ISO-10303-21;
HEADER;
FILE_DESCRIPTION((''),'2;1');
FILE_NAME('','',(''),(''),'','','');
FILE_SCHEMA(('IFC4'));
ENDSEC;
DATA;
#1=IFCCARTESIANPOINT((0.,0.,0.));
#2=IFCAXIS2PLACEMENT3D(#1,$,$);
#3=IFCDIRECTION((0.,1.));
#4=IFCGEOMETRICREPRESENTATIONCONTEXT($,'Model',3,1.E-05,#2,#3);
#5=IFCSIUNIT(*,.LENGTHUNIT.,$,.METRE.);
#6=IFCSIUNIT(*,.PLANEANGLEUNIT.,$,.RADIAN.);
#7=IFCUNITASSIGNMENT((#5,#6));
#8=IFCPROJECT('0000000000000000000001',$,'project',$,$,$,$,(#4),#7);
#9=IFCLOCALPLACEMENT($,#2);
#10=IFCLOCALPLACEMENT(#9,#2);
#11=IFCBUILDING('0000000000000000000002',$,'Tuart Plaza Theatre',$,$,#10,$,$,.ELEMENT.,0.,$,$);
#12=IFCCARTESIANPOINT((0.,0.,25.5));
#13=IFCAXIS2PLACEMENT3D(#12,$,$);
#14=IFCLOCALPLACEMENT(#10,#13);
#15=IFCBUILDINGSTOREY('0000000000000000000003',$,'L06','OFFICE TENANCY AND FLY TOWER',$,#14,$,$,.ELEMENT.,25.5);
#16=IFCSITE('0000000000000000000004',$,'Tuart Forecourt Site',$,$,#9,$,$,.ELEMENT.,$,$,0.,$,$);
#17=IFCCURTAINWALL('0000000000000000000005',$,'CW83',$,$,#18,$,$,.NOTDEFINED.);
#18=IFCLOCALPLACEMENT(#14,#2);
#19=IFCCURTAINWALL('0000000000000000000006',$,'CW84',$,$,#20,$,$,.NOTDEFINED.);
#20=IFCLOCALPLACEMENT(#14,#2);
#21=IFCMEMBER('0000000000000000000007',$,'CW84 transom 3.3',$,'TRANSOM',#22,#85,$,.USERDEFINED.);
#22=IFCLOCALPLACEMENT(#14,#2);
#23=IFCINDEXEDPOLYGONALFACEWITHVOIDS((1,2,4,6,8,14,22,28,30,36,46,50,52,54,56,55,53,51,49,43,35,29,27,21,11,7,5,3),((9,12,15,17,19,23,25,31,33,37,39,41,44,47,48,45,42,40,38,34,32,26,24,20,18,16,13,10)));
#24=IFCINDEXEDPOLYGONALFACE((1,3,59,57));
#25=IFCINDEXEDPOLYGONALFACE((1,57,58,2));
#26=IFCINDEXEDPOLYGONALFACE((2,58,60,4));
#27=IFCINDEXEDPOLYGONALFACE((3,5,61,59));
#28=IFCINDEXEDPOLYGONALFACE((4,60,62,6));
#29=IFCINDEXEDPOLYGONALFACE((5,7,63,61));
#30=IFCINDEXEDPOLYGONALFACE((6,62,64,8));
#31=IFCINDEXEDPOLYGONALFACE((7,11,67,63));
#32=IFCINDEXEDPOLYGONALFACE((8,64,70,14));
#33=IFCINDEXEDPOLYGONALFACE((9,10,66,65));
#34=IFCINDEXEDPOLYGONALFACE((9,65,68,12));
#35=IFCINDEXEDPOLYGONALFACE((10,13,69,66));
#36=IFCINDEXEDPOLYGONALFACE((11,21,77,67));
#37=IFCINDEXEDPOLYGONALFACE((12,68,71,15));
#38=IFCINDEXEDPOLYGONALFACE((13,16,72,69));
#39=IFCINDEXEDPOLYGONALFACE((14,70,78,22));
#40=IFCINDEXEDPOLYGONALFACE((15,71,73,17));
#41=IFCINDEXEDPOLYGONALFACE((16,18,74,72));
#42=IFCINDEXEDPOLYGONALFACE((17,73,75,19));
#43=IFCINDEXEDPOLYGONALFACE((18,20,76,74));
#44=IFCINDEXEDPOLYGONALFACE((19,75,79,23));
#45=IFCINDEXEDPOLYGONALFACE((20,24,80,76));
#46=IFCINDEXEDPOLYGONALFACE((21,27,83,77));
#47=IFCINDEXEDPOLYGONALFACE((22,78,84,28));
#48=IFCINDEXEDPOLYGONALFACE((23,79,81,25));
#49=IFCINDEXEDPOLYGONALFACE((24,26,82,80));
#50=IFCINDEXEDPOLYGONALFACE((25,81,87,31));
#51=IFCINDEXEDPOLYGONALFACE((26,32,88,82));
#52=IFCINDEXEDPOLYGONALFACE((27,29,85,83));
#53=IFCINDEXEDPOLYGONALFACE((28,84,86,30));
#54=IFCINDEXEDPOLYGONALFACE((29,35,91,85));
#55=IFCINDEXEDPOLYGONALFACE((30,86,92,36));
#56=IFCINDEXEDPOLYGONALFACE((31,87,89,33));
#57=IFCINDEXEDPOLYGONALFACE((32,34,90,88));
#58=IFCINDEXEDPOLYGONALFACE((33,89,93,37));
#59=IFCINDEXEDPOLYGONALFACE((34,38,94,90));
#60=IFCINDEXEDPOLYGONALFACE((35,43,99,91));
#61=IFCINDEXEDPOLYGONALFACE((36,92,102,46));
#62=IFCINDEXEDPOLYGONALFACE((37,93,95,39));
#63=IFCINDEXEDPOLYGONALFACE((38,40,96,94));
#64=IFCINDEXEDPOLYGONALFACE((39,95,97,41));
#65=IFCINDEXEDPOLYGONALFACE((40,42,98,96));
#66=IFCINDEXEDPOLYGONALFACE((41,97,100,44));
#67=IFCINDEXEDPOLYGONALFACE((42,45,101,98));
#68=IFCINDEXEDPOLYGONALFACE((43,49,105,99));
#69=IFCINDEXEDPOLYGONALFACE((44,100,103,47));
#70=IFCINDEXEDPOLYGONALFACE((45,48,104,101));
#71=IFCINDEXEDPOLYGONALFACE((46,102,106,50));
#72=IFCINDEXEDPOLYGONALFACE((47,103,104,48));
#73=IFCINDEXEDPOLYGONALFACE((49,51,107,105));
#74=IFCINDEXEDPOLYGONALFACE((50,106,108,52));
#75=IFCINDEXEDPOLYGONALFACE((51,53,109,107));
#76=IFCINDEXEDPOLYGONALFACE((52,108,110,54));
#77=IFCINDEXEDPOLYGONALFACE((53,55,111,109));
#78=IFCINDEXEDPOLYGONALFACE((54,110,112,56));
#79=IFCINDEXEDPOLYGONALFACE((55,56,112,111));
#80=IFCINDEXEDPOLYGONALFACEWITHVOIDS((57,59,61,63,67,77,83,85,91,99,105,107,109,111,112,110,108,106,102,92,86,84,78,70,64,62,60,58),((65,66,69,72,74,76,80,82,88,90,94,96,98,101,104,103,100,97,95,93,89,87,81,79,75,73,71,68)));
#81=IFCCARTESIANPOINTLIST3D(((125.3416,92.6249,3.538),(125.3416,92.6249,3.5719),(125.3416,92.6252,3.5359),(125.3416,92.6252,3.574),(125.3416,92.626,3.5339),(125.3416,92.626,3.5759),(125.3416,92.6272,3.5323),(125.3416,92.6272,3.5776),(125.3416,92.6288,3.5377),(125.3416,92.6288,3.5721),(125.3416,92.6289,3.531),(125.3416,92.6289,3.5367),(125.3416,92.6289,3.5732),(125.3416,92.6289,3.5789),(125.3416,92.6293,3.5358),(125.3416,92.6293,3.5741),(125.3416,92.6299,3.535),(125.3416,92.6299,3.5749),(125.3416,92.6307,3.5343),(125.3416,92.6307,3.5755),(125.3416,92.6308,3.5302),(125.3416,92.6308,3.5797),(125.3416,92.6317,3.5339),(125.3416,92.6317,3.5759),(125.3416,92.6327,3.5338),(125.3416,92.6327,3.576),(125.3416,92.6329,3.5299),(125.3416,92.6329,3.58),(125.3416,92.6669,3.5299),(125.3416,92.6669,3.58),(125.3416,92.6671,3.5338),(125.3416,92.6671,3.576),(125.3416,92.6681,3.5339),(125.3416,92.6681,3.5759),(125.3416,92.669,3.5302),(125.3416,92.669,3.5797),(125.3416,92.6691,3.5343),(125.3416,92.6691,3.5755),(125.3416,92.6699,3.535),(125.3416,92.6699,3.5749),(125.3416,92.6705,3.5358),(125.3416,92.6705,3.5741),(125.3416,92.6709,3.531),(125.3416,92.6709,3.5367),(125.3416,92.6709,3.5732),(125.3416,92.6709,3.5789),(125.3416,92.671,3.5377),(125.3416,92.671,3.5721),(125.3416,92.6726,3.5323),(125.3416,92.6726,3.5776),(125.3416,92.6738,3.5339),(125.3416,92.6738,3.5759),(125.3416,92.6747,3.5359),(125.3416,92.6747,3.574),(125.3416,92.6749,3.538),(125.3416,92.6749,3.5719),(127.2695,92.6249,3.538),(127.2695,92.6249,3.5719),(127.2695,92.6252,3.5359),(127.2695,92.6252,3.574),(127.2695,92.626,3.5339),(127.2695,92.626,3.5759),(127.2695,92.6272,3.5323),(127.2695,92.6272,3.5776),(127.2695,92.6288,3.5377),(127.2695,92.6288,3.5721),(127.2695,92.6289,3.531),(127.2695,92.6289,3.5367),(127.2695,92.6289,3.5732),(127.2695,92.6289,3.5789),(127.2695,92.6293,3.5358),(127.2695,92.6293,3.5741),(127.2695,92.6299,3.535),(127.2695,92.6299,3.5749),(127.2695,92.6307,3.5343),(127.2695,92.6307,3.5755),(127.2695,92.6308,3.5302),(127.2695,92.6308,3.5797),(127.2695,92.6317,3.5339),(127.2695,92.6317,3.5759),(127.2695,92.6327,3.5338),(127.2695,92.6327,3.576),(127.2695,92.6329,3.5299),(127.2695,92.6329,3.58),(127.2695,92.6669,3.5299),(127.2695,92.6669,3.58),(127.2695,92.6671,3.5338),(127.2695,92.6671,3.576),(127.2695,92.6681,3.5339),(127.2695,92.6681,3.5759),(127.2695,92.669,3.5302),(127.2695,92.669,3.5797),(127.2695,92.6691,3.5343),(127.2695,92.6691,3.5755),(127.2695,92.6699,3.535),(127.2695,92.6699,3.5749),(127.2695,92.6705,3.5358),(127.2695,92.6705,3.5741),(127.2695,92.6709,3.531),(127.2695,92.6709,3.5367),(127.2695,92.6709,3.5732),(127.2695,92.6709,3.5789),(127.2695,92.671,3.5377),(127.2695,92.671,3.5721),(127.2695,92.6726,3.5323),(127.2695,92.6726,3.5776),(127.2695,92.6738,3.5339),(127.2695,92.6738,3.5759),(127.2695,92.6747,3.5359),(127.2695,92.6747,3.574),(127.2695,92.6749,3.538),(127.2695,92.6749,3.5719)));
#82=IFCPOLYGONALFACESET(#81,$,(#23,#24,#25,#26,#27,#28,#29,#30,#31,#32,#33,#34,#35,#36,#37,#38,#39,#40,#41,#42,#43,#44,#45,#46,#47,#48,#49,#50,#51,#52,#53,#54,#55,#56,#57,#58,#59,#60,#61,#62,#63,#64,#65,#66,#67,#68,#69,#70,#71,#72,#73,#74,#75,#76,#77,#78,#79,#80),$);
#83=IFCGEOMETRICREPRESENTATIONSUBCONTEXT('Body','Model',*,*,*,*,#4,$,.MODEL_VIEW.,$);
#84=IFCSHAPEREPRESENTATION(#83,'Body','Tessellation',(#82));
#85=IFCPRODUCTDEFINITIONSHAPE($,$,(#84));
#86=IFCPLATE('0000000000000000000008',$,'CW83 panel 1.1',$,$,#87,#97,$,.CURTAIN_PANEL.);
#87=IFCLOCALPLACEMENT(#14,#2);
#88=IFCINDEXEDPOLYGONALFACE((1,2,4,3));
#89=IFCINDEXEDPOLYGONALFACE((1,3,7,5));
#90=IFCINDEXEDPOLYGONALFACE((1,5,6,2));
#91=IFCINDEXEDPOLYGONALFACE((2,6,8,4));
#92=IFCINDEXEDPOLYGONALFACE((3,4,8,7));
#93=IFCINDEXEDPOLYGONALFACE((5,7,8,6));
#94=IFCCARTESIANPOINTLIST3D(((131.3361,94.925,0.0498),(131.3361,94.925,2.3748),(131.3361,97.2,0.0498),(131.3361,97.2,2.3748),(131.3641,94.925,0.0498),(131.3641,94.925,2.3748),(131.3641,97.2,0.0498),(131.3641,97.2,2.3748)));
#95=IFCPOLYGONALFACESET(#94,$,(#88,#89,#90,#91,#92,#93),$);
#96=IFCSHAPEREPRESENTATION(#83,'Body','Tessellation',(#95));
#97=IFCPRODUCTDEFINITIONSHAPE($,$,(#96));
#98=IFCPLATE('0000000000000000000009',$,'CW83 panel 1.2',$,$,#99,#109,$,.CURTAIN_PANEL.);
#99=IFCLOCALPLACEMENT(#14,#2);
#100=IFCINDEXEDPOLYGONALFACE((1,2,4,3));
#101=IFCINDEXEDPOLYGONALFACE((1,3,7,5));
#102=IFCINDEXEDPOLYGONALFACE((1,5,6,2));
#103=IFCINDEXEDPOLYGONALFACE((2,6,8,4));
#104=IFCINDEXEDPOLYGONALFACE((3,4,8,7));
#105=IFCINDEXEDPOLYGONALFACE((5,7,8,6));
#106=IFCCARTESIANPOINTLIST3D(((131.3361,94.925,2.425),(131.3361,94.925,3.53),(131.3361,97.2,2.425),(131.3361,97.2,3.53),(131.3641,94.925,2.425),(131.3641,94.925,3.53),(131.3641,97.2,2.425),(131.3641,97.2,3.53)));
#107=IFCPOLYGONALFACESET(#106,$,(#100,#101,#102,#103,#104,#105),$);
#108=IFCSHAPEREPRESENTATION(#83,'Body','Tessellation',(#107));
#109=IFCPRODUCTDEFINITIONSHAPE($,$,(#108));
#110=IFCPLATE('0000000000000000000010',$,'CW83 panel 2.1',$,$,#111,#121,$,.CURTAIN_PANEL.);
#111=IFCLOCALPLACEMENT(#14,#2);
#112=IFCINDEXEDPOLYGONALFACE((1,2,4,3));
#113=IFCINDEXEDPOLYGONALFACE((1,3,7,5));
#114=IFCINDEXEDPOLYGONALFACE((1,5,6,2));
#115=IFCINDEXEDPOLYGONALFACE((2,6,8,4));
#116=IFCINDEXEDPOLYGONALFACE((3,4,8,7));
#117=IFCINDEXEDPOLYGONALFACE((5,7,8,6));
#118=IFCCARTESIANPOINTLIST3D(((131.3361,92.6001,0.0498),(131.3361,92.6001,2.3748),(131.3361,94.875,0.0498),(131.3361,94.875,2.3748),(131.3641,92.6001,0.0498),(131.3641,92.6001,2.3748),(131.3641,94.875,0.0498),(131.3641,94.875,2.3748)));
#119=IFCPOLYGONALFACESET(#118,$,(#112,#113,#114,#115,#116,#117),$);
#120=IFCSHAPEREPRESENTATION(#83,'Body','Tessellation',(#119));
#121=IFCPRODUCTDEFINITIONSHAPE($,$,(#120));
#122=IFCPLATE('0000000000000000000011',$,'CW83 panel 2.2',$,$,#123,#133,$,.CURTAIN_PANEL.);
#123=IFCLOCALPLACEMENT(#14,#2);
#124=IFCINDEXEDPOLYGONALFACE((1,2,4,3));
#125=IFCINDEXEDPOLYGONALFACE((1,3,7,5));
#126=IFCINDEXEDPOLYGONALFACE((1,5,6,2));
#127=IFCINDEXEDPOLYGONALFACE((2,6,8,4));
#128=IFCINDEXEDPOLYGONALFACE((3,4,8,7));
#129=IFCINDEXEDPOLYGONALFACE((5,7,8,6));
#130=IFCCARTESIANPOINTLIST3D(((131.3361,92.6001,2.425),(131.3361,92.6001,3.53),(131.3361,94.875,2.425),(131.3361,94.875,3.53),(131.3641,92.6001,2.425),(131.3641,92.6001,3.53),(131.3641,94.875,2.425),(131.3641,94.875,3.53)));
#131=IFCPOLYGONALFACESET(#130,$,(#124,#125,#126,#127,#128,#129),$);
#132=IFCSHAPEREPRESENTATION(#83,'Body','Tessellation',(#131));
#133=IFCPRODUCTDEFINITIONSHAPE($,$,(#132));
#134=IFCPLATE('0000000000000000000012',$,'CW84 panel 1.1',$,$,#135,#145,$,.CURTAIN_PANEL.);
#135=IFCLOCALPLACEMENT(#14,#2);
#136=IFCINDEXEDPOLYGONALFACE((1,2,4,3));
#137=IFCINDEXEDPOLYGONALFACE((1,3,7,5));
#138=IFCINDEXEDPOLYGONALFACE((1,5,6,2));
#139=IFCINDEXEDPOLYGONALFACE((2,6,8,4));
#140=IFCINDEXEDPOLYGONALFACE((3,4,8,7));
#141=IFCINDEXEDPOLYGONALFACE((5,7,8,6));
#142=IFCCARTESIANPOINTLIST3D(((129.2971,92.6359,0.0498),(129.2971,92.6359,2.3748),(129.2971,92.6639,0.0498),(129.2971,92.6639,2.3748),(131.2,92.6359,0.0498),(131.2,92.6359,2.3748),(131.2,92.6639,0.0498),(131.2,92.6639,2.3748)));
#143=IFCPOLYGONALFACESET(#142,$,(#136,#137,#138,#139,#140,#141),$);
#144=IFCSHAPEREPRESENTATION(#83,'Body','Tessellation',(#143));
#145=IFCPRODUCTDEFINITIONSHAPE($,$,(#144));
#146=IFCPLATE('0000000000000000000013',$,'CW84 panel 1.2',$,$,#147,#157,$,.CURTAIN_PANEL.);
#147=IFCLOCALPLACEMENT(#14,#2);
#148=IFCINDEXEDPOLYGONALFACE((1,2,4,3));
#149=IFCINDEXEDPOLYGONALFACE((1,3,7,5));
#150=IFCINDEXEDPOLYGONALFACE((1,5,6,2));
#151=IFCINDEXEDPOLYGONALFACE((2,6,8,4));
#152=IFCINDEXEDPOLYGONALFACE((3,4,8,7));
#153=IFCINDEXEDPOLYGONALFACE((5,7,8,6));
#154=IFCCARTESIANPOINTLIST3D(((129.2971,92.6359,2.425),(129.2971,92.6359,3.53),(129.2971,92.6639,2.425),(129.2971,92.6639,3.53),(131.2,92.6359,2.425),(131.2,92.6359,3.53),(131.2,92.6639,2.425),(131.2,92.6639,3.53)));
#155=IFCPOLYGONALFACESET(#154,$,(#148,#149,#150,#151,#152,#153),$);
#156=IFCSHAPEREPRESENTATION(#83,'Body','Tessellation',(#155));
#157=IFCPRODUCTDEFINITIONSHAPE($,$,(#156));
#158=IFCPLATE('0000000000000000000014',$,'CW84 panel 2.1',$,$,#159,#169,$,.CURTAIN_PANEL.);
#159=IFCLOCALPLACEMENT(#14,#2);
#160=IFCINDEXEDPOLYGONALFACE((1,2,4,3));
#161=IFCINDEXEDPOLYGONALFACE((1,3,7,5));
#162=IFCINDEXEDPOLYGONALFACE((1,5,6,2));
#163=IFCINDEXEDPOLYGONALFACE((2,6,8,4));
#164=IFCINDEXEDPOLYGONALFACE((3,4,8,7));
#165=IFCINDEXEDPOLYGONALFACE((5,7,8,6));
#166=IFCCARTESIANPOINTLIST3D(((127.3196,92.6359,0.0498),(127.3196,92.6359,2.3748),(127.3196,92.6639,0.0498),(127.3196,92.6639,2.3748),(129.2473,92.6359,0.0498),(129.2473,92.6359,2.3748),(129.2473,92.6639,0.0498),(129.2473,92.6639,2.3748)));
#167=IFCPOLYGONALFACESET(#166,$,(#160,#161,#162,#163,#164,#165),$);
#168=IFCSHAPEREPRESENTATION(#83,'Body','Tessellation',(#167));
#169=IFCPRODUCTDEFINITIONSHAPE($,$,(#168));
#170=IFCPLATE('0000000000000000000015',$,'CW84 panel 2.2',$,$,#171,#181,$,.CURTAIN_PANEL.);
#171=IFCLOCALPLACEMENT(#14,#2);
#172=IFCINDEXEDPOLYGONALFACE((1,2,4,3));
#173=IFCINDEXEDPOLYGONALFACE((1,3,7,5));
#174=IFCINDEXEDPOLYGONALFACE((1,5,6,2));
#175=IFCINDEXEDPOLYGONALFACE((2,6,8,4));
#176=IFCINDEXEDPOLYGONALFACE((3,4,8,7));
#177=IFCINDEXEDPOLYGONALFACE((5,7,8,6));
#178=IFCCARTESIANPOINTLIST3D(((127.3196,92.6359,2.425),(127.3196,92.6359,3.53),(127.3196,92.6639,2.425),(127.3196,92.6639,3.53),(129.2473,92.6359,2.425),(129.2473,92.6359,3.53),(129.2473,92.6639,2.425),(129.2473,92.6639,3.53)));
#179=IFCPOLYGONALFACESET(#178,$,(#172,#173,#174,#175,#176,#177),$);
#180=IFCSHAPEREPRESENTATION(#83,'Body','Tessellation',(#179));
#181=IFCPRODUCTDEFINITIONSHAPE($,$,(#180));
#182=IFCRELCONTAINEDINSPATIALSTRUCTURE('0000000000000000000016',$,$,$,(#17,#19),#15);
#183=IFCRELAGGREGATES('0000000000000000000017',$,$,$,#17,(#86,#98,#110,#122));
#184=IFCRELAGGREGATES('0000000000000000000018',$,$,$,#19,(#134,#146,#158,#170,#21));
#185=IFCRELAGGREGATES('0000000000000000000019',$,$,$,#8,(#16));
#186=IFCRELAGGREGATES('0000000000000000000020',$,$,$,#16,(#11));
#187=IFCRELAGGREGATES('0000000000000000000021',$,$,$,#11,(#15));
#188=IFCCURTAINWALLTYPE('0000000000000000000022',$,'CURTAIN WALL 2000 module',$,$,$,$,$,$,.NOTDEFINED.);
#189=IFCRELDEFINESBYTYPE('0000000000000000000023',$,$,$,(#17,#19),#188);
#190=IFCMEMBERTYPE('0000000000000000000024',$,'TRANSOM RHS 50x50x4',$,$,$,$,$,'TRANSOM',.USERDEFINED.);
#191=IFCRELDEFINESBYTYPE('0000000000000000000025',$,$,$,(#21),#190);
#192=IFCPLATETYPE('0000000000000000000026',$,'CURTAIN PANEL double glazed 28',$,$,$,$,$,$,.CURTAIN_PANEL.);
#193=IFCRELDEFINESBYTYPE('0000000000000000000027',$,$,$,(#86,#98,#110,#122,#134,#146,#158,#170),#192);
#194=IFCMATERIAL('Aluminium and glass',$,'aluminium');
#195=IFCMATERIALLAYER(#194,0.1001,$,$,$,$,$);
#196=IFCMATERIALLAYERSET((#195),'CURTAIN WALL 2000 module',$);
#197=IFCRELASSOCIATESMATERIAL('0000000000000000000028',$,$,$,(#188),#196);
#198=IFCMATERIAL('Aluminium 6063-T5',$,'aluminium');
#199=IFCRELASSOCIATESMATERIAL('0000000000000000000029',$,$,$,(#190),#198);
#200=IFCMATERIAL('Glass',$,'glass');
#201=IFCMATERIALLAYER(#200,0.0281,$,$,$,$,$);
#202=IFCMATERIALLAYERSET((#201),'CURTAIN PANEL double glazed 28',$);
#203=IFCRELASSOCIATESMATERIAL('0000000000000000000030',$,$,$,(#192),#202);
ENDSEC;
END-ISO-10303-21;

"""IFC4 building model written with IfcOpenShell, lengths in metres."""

from ifc_helpers import new_model, si_unit, direction, frame, origin, origin_2d, place, context, subcontext, project, spatial, rectangle, hollow_rectangle, extrude, material, layer, layer_set, material_profile, profile_set, type_object, element, aggregate, save


model = new_model("IFC4")

# Units and contexts
model_context = context("Model", 3, precision=1e-05, world=origin(), true_north=direction((0.0, 1.0)))
body_context = subcontext(model_context, "Body", "Model", "MODEL_VIEW")
ifc_project = project(units=[si_unit("LENGTHUNIT", "METRE"), si_unit("PLANEANGLEUNIT", "RADIAN")], contexts=[model_context])

# Site, building, storey
site_placement = place(None, origin())
site = spatial("IfcSite", under=ifc_project, at=site_placement, Name="Tuart Forecourt Site", CompositionType="ELEMENT", RefElevation=0.0)
building_placement = place(site_placement, origin())
building = spatial("IfcBuilding", under=site, at=building_placement, Name="Tuart Plaza Theatre", CompositionType="ELEMENT", ElevationOfRefHeight=0.0)
storey_placement = place(building_placement, frame((0.0, 0.0, 25.5)))
storey = spatial("IfcBuildingStorey", under=building, at=storey_placement, Name="L06", Description="OFFICE TENANCY AND FLY TOWER", CompositionType="ELEMENT", Elevation=25.5)

# Curtain walls
ifc_material_1 = material(Name="Aluminium and glass", Category="aluminium")
ifc_layer_1 = layer(ifc_material_1, 0.1001)
ifc_layer_set_1 = layer_set([ifc_layer_1], Name="CURTAIN WALL 2000 module")
curtain_wall_type = type_object("IfcCurtainWallType", Name="CURTAIN WALL 2000 module", PredefinedType="NOTDEFINED", material=ifc_layer_set_1)
curtain_wall_1_placement = place(storey_placement, origin())
curtain_wall_1 = element("IfcCurtainWall", 1, at=curtain_wall_1_placement, inside=storey, type_object=curtain_wall_type, Name="CW83", PredefinedType="NOTDEFINED")
curtain_wall_2_placement = place(storey_placement, origin())
curtain_wall_2 = element("IfcCurtainWall", 2, at=curtain_wall_2_placement, inside=storey, type_object=curtain_wall_type, Name="CW84", PredefinedType="NOTDEFINED")

# Member
ifc_material_2 = material(Name="Aluminium 6063-T5", Category="aluminium")
ifc_material_profile_1 = material_profile(ifc_material_2, hollow_rectangle(XDim=0.05, YDim=0.05, WallThickness=0.0039, InnerFilletRadius=0.0039, OuterFilletRadius=0.0081, at=origin_2d()), Name="RHS 50x50x4")
ifc_profile_set_1 = profile_set([ifc_material_profile_1], Name="Aluminium 6063-T5")
member_type_1 = type_object("IfcMemberType", Name="TRANSOM RHS 50x50x4", ElementType="TRANSOM", PredefinedType="USERDEFINED", material=ifc_profile_set_1)
member_1_placement = place(storey_placement, frame((127.2695, 92.6499, 3.5549), z_axis=(-1.0, 0.0, 0.0), x_axis=(0.0, -1.0, 0.0)))
member_1 = element("IfcMember", 3, at=member_1_placement, type_object=member_type_1, Name="CW84 transom 3.3", ObjectType="TRANSOM", PredefinedType="USERDEFINED", context=body_context, shape_type="SweptSolid", body=[
    extrude(hollow_rectangle(XDim=0.05, YDim=0.05, WallThickness=0.0039, InnerFilletRadius=0.0039, OuterFilletRadius=0.0081, at=origin_2d()), origin(), (0.0, 0.0, 1.0), 1.928),
])

# Plates
ifc_material_3 = material(Name="Glass", Category="glass")
ifc_layer_2 = layer(ifc_material_3, 0.0281)
ifc_layer_set_2 = layer_set([ifc_layer_2], Name="CURTAIN PANEL double glazed 28")
plate_type = type_object("IfcPlateType", Name="CURTAIN PANEL double glazed 28", PredefinedType="CURTAIN_PANEL", material=ifc_layer_set_2)
plate_1_placement = place(storey_placement, frame((131.3501, 96.0625, 0.0498), z_axis=(0.0, 0.0, 1.0), x_axis=(0.0, -1.0, 0.0)))
plate_1 = element("IfcPlate", 4, at=plate_1_placement, type_object=plate_type, Name="CW83 panel 1.1", PredefinedType="CURTAIN_PANEL", context=body_context, shape_type="SweptSolid", body=[
    extrude(rectangle(XDim=2.2749, YDim=0.0281, at=origin_2d()), origin(), (0.0, 0.0, 1.0), 2.325),
])
plate_2_placement = place(storey_placement, frame((131.3501, 96.0625, 2.425), z_axis=(0.0, 0.0, 1.0), x_axis=(0.0, -1.0, 0.0)))
plate_2 = element("IfcPlate", 5, at=plate_2_placement, type_object=plate_type, Name="CW83 panel 1.2", PredefinedType="CURTAIN_PANEL", context=body_context, shape_type="SweptSolid", body=[
    extrude(rectangle(XDim=2.2749, YDim=0.0281, at=origin_2d()), origin(), (0.0, 0.0, 1.0), 1.105),
])
plate_3_placement = place(storey_placement, frame((131.3501, 93.7375, 0.0498), z_axis=(0.0, 0.0, 1.0), x_axis=(0.0, -1.0, 0.0)))
plate_3 = element("IfcPlate", 6, at=plate_3_placement, type_object=plate_type, Name="CW83 panel 2.1", PredefinedType="CURTAIN_PANEL", context=body_context, shape_type="SweptSolid", body=[
    extrude(rectangle(XDim=2.2749, YDim=0.0281, at=origin_2d()), origin(), (0.0, 0.0, 1.0), 2.325),
])
plate_4_placement = place(storey_placement, frame((131.3501, 93.7375, 2.425), z_axis=(0.0, 0.0, 1.0), x_axis=(0.0, -1.0, 0.0)))
plate_4 = element("IfcPlate", 7, at=plate_4_placement, type_object=plate_type, Name="CW83 panel 2.2", PredefinedType="CURTAIN_PANEL", context=body_context, shape_type="SweptSolid", body=[
    extrude(rectangle(XDim=2.2749, YDim=0.0281, at=origin_2d()), origin(), (0.0, 0.0, 1.0), 1.105),
])
aggregate(curtain_wall_1, [plate_1, plate_2, plate_3, plate_4])
plate_5_placement = place(storey_placement, frame((130.2485, 92.6499, 0.0498), z_axis=(0.0, 0.0, 1.0), x_axis=(-1.0, 0.0, 0.0)))
plate_5 = element("IfcPlate", 8, at=plate_5_placement, type_object=plate_type, Name="CW84 panel 1.1", PredefinedType="CURTAIN_PANEL", context=body_context, shape_type="SweptSolid", body=[
    extrude(rectangle(XDim=1.9028, YDim=0.0281, at=origin_2d()), origin(), (0.0, 0.0, 1.0), 2.325),
])
plate_6_placement = place(storey_placement, frame((130.2485, 92.6499, 2.425), z_axis=(0.0, 0.0, 1.0), x_axis=(-1.0, 0.0, 0.0)))
plate_6 = element("IfcPlate", 9, at=plate_6_placement, type_object=plate_type, Name="CW84 panel 1.2", PredefinedType="CURTAIN_PANEL", context=body_context, shape_type="SweptSolid", body=[
    extrude(rectangle(XDim=1.9028, YDim=0.0281, at=origin_2d()), origin(), (0.0, 0.0, 1.0), 1.105),
])
plate_7_placement = place(storey_placement, frame((128.2834, 92.6499, 0.0498), z_axis=(0.0, 0.0, 1.0), x_axis=(-1.0, 0.0, 0.0)))
plate_7 = element("IfcPlate", 10, at=plate_7_placement, type_object=plate_type, Name="CW84 panel 2.1", PredefinedType="CURTAIN_PANEL", context=body_context, shape_type="SweptSolid", body=[
    extrude(rectangle(XDim=1.9277, YDim=0.0281, at=origin_2d()), origin(), (0.0, 0.0, 1.0), 2.325),
])
plate_8_placement = place(storey_placement, frame((128.2834, 92.6499, 2.425), z_axis=(0.0, 0.0, 1.0), x_axis=(-1.0, 0.0, 0.0)))
plate_8 = element("IfcPlate", 11, at=plate_8_placement, type_object=plate_type, Name="CW84 panel 2.2", PredefinedType="CURTAIN_PANEL", context=body_context, shape_type="SweptSolid", body=[
    extrude(rectangle(XDim=1.9277, YDim=0.0281, at=origin_2d()), origin(), (0.0, 0.0, 1.0), 1.105),
])
aggregate(curtain_wall_2, [plate_5, plate_6, plate_7, plate_8, member_1])

save(model, "model.ifc")
